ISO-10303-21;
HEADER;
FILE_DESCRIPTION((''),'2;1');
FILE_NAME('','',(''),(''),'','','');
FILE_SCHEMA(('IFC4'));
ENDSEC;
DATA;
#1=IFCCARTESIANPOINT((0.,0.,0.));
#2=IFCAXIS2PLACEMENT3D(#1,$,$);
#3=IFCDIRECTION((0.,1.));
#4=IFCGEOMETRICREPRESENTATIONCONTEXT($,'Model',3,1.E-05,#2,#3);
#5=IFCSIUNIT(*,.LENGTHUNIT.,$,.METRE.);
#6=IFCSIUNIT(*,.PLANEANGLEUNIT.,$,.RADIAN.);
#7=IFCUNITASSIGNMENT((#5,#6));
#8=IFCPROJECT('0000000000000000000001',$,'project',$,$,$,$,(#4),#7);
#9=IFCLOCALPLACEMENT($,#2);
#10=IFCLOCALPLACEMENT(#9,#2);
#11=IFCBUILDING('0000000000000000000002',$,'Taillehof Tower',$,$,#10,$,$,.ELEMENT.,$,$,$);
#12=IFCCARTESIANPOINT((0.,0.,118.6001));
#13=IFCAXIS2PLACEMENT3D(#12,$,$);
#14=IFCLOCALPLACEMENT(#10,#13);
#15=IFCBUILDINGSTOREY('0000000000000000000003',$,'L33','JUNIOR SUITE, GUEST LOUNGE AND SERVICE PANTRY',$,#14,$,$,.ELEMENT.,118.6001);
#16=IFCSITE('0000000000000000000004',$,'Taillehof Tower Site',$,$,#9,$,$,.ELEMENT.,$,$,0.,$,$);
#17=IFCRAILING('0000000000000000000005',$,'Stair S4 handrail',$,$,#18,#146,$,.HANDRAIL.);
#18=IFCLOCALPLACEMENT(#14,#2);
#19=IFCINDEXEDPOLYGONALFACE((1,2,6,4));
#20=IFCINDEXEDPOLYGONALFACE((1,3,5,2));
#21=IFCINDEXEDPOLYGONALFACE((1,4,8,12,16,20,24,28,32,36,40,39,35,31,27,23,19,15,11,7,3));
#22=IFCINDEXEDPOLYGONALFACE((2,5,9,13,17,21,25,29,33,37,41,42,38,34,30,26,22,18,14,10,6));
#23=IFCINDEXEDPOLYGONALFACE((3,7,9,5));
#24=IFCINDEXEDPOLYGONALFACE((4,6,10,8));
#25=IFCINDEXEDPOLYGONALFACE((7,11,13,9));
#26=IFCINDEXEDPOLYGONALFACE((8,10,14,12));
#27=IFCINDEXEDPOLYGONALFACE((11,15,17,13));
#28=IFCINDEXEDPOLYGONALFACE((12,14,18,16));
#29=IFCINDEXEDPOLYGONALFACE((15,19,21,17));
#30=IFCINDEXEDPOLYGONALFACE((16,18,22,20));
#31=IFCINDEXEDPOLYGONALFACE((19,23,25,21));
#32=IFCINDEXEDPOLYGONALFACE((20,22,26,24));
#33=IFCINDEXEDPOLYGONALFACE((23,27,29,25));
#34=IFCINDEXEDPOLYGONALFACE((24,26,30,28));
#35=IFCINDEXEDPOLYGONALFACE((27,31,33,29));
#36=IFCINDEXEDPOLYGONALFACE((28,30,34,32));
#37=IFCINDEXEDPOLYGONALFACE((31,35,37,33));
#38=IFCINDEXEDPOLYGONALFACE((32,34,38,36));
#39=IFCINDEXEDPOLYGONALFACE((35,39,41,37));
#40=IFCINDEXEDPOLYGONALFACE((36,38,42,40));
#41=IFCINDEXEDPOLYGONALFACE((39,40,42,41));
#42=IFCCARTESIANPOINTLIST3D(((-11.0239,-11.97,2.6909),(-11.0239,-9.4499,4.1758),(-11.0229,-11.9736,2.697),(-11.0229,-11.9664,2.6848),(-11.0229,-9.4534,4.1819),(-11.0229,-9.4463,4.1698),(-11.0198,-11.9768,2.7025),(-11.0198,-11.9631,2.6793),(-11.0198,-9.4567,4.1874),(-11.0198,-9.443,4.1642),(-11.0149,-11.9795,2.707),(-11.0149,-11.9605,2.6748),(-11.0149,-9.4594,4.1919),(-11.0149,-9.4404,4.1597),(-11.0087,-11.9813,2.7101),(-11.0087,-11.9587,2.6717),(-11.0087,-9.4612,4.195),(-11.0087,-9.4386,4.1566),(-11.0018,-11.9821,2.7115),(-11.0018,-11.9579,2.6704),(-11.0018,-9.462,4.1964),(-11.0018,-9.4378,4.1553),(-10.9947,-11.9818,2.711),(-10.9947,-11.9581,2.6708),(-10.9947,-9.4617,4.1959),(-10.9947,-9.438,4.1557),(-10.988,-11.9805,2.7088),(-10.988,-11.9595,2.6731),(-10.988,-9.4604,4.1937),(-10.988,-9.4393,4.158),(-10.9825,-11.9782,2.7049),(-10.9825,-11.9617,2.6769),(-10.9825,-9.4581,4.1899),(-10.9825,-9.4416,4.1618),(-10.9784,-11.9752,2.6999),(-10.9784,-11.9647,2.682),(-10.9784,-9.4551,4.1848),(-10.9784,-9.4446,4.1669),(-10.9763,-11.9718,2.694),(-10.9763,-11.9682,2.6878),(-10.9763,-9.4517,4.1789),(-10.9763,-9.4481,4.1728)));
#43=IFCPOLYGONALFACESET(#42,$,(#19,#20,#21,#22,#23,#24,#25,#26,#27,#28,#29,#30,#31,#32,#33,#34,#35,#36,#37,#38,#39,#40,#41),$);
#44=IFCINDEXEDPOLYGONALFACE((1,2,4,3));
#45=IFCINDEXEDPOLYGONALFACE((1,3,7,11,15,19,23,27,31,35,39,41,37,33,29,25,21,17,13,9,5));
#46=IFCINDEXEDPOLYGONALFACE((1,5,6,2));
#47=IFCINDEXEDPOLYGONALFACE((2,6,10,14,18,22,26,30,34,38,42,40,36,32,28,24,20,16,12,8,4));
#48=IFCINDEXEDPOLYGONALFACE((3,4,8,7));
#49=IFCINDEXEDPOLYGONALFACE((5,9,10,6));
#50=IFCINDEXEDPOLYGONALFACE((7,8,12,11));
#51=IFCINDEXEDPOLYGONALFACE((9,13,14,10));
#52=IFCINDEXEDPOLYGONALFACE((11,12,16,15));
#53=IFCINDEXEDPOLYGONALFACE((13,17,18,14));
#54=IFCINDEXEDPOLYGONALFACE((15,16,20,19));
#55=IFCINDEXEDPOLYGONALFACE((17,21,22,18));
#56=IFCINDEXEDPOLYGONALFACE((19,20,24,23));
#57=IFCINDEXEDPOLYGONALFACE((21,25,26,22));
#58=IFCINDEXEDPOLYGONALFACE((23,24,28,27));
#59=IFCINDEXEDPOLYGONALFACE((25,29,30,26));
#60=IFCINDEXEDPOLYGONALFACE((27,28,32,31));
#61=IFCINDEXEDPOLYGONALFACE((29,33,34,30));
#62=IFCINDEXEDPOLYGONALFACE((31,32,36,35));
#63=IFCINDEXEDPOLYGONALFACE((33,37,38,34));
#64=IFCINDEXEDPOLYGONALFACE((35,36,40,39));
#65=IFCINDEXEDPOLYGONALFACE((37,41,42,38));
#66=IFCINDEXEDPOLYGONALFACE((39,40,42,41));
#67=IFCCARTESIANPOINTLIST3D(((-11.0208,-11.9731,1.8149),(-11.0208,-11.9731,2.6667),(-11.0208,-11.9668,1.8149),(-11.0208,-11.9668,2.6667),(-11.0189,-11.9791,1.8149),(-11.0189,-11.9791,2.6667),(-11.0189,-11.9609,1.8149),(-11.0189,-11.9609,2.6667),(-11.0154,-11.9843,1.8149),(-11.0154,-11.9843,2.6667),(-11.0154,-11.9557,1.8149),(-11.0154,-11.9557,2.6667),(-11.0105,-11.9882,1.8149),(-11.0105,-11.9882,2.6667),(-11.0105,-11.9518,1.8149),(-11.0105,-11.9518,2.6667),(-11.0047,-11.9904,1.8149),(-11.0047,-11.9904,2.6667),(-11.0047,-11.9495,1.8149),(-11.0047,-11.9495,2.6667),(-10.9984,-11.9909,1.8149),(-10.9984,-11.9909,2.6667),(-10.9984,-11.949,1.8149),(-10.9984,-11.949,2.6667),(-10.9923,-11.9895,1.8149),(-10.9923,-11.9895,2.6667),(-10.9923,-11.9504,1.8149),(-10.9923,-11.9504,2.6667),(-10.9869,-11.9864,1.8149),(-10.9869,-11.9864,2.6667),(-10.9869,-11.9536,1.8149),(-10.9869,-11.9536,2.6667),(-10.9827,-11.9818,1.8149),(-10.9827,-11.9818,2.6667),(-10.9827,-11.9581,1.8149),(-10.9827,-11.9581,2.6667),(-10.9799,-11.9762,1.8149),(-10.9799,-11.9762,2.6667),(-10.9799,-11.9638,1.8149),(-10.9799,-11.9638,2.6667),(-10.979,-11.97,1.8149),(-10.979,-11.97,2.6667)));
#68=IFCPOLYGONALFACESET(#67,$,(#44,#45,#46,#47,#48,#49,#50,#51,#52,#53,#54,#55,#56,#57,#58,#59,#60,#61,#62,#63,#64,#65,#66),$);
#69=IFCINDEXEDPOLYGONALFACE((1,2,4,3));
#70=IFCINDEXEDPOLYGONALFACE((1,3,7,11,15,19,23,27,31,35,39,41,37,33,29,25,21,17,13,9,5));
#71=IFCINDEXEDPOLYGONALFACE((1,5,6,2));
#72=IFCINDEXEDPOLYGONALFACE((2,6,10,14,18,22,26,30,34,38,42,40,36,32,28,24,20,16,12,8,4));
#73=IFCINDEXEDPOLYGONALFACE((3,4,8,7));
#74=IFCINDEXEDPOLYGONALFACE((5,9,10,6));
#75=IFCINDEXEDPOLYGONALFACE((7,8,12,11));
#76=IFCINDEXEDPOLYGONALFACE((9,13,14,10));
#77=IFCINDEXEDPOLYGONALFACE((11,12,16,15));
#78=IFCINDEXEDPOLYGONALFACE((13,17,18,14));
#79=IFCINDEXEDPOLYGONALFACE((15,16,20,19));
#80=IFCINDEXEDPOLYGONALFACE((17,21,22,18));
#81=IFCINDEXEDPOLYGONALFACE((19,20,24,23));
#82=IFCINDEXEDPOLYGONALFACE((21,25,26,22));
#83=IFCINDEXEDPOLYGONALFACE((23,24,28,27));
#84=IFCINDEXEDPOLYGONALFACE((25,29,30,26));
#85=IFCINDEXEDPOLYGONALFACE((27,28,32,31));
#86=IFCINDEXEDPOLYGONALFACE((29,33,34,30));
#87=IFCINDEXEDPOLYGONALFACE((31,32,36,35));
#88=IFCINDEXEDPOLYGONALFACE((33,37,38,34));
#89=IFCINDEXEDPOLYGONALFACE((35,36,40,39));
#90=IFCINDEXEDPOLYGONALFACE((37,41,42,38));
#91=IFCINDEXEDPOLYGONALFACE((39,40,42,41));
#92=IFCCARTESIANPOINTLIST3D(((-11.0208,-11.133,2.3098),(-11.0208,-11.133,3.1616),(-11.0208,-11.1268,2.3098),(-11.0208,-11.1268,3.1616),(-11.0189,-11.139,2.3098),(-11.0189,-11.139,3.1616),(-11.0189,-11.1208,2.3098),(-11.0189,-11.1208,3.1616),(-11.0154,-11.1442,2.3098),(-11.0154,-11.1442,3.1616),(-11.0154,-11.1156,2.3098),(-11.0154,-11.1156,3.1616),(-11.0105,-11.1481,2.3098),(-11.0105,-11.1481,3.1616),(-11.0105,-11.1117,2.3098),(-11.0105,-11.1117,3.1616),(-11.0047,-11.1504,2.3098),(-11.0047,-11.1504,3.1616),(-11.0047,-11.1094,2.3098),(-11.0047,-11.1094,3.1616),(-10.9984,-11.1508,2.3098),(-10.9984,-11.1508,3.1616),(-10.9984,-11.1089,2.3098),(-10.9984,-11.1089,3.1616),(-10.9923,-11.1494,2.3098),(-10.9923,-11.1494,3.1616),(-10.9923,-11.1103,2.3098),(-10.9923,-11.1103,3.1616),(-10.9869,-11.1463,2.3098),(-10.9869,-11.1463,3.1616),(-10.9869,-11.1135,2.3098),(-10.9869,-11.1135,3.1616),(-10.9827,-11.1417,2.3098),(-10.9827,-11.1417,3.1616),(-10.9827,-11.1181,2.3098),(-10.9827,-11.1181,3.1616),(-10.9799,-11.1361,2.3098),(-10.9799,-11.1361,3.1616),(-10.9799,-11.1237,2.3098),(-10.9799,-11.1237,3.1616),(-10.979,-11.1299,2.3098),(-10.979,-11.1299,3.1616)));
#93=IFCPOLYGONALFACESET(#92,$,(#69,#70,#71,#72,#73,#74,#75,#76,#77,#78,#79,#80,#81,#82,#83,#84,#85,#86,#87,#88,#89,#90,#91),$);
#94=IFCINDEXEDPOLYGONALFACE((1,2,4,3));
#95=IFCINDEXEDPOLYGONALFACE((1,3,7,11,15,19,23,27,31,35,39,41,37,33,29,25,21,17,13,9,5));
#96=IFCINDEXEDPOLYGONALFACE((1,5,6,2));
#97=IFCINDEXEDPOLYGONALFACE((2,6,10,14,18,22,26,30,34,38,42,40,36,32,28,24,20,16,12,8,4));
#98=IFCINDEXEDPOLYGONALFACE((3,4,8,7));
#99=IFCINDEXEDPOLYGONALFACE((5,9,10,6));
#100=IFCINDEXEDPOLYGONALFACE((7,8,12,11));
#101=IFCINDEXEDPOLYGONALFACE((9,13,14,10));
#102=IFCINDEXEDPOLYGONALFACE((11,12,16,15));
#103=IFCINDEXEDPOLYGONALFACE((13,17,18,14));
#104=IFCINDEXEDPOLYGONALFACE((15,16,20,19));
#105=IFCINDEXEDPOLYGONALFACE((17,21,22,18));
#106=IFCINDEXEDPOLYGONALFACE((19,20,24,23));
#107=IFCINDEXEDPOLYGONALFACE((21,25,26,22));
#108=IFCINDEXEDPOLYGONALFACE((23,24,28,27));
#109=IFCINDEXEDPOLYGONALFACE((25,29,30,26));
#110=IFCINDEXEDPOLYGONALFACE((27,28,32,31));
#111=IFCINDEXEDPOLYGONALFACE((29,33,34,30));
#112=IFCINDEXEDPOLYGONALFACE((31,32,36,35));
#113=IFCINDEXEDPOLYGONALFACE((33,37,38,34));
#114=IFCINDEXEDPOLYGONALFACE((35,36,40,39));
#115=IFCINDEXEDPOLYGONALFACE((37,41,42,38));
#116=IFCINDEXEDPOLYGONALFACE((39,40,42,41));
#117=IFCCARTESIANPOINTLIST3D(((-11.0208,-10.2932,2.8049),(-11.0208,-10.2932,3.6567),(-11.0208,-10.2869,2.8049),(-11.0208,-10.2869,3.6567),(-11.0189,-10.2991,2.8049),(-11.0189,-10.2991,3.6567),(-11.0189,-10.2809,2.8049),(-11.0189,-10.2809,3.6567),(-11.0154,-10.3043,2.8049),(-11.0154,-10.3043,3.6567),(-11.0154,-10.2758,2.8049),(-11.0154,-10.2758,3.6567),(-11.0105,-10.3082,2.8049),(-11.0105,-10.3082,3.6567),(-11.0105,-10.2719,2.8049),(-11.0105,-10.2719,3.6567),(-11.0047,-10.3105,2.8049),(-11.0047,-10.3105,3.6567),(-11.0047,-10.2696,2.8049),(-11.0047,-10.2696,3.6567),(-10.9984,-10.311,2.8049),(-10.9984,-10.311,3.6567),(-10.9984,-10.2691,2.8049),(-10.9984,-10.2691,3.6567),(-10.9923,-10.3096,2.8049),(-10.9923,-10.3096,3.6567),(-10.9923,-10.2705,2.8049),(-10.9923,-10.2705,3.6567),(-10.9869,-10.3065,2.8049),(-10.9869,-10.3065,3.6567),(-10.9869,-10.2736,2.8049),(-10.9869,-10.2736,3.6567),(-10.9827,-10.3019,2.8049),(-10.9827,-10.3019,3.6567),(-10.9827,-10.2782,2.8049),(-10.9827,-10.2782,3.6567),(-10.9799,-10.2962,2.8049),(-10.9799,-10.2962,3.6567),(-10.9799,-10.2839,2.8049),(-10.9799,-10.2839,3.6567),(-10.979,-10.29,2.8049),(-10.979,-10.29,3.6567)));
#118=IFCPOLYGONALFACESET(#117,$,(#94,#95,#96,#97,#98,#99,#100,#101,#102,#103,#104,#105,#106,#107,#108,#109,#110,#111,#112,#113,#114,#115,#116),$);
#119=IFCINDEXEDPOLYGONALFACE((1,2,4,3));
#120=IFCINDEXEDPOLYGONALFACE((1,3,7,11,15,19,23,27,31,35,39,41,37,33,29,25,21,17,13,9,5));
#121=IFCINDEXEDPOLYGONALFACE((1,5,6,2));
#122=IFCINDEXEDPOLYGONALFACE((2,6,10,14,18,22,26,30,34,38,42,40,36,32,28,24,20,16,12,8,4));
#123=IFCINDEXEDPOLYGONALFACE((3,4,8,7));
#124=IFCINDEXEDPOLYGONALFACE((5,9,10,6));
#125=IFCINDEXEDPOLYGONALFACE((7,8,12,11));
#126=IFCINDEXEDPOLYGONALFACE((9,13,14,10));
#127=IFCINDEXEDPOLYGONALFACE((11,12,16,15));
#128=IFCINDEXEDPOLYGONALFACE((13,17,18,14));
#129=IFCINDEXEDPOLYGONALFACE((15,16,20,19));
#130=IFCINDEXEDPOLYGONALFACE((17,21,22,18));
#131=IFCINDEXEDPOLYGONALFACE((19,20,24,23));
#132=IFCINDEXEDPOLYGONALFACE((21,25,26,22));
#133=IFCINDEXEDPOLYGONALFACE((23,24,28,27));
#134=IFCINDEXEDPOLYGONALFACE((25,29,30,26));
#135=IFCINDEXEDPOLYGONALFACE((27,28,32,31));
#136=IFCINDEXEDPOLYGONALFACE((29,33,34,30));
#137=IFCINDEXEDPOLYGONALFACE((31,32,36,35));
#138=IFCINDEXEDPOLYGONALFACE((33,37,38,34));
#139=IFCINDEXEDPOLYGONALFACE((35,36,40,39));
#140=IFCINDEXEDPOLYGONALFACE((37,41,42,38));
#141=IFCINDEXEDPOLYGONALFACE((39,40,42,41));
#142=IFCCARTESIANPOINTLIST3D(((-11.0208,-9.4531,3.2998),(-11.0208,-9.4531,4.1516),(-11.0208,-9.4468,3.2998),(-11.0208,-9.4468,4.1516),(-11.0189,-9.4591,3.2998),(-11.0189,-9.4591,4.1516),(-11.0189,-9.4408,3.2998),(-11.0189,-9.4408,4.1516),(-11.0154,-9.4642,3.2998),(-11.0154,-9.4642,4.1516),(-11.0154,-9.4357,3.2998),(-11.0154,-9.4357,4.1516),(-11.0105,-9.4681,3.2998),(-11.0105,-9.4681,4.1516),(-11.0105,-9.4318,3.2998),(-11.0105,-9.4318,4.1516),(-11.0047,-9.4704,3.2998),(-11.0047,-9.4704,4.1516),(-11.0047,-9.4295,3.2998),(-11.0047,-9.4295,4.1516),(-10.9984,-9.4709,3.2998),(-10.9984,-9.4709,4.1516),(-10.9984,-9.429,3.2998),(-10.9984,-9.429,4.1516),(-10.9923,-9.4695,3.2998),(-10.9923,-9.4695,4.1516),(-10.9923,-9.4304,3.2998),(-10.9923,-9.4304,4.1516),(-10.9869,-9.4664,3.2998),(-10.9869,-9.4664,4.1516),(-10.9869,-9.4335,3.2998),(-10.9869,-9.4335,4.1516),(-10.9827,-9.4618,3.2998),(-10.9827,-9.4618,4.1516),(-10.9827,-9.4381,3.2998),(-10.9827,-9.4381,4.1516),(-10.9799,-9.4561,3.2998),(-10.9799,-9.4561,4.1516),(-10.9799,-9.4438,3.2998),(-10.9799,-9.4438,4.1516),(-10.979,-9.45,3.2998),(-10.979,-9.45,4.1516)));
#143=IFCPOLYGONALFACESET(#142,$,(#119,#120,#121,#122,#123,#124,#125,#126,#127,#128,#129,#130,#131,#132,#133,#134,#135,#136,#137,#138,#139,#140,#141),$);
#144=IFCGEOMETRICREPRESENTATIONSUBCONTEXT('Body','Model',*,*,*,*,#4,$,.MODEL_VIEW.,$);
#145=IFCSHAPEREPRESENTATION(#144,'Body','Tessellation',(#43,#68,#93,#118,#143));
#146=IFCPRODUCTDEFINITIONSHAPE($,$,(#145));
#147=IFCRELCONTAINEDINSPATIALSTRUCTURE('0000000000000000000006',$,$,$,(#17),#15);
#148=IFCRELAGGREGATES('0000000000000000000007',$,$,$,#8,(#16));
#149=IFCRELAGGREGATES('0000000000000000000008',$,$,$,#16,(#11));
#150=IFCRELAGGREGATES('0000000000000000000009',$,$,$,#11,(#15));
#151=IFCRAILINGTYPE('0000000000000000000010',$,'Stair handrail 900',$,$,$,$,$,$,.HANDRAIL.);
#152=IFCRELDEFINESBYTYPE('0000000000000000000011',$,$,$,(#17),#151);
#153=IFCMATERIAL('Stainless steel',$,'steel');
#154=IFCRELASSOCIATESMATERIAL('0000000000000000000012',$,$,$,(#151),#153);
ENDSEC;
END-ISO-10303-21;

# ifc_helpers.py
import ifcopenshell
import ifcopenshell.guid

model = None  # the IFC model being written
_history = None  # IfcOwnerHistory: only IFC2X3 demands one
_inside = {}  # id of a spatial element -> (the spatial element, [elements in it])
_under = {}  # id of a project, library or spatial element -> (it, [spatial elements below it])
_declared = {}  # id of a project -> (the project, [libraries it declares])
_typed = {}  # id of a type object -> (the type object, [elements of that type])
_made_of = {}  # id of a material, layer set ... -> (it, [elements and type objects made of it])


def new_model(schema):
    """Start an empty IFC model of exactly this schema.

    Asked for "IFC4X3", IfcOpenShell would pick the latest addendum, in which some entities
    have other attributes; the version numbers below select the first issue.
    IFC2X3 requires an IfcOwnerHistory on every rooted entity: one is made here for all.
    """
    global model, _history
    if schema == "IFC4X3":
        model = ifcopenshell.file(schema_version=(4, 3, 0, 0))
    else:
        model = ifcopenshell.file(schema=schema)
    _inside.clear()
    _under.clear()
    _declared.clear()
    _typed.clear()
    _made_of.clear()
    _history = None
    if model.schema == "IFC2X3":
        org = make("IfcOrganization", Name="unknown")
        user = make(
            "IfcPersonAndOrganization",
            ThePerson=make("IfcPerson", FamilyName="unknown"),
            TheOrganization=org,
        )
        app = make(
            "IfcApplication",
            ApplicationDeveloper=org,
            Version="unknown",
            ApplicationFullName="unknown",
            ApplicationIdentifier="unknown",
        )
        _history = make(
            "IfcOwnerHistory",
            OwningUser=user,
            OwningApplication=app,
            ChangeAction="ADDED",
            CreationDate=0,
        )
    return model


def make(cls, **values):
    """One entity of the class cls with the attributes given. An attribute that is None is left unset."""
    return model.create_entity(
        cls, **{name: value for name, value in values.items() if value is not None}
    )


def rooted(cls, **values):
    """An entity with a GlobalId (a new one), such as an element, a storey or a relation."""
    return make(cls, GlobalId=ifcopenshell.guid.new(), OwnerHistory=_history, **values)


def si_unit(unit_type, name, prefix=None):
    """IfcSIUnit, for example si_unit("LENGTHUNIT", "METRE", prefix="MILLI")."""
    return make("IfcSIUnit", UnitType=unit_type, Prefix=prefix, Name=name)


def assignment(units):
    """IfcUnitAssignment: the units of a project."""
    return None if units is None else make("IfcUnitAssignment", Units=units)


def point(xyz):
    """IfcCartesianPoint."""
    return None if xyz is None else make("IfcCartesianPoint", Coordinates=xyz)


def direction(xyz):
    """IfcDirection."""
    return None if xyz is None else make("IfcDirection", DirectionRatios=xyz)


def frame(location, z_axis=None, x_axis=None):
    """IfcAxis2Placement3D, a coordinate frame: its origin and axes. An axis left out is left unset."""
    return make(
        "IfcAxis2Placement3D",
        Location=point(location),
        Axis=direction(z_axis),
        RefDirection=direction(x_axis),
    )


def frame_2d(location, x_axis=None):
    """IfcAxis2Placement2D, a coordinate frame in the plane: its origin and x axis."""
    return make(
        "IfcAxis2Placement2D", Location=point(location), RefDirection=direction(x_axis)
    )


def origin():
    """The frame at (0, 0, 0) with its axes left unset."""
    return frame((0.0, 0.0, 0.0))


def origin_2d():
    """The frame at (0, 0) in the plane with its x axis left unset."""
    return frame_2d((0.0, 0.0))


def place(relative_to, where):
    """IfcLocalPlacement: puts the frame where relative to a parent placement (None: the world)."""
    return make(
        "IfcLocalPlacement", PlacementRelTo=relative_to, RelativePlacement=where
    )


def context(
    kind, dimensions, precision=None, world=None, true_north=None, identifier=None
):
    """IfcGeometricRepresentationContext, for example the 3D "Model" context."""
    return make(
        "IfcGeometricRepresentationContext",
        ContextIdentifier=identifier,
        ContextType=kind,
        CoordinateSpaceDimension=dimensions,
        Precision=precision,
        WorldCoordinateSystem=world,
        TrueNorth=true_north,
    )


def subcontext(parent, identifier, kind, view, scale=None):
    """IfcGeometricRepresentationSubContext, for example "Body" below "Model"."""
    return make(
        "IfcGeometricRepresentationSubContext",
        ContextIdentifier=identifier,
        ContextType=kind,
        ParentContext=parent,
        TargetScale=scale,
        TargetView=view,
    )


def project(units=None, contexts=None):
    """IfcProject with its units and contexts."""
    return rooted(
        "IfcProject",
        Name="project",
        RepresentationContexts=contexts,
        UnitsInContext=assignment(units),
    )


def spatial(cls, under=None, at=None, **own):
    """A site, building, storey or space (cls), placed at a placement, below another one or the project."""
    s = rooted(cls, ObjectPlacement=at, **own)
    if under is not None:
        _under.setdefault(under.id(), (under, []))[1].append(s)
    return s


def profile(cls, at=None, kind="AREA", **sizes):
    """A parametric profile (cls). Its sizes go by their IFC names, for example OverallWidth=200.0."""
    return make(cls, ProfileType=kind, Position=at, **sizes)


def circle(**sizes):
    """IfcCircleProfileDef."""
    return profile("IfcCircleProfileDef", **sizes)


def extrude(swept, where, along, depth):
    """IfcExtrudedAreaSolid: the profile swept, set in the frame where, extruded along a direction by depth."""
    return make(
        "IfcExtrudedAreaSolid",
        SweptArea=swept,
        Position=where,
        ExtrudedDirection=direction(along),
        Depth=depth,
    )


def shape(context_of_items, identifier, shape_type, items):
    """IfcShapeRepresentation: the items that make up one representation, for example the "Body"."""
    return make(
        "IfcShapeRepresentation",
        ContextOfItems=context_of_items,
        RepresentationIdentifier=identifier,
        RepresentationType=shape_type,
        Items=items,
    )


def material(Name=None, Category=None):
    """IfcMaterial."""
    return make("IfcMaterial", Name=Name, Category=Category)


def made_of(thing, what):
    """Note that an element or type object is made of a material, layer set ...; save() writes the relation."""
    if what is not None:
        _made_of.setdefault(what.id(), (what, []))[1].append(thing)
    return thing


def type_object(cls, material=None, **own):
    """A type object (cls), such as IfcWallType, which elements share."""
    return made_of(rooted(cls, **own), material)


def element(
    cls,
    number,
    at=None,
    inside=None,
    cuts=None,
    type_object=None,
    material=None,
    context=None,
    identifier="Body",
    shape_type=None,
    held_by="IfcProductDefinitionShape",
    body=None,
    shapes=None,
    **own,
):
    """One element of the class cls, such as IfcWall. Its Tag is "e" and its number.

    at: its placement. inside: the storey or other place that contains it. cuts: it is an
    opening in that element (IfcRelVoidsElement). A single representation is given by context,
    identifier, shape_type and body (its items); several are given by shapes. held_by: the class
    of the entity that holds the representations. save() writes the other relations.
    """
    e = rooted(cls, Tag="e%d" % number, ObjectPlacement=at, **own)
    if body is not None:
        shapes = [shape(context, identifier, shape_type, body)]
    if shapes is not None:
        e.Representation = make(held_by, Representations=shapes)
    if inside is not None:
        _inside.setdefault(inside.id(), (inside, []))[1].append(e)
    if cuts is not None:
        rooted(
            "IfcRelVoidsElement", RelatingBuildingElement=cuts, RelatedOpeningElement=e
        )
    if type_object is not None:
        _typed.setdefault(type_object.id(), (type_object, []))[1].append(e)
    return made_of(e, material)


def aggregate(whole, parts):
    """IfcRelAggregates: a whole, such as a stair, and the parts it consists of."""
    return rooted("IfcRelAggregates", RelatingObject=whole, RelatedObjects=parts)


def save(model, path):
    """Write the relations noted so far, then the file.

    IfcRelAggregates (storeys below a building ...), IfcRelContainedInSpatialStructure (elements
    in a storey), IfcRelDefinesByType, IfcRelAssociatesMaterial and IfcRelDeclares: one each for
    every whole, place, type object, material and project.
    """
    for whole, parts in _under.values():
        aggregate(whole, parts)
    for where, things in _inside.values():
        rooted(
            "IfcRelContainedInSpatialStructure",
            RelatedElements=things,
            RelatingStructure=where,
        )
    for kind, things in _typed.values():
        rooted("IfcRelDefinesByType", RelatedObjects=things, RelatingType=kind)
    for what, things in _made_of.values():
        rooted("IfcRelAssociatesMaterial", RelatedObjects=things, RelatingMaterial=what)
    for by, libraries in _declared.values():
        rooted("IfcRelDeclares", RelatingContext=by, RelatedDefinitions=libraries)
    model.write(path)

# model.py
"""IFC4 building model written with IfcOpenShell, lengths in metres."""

from ifc_helpers import new_model, si_unit, direction, frame, origin, origin_2d, place, context, subcontext, project, spatial, circle, extrude, material, type_object, element, save


model = new_model("IFC4")

# Units and contexts
model_context = context("Model", 3, precision=1e-05, world=origin(), true_north=direction((0.0, 1.0)))
body_context = subcontext(model_context, "Body", "Model", "MODEL_VIEW")
ifc_project = project(units=[si_unit("LENGTHUNIT", "METRE"), si_unit("PLANEANGLEUNIT", "RADIAN")], contexts=[model_context])

# Site, building, storey
site_placement = place(None, origin())
site = spatial("IfcSite", under=ifc_project, at=site_placement, Name="Taillehof Tower Site", CompositionType="ELEMENT", RefElevation=0.0)
building_placement = place(site_placement, origin())
building = spatial("IfcBuilding", under=site, at=building_placement, Name="Taillehof Tower", CompositionType="ELEMENT")
storey_placement = place(building_placement, frame((0.0, 0.0, 118.6001)))
storey = spatial("IfcBuildingStorey", under=building, at=storey_placement, Name="L33", Description="JUNIOR SUITE, GUEST LOUNGE AND SERVICE PANTRY", CompositionType="ELEMENT", Elevation=118.6001)

# Railing
ifc_material_1 = material(Name="Stainless steel", Category="steel")
railing_type = type_object("IfcRailingType", Name="Stair handrail 900", PredefinedType="HANDRAIL", material=ifc_material_1)
railing_placement = place(storey_placement, frame((-11.0, -11.97, 1.8149)))
element("IfcRailing", 1, at=railing_placement, inside=storey, type_object=railing_type, Name="Stair S4 handrail", PredefinedType="HANDRAIL", context=body_context, shape_type="SweptSolid", body=[
    extrude(circle(Radius=0.0239, at=origin_2d()), frame((0.0, 0.0, 0.876), z_axis=(0.0, 0.861561, 0.507655), x_axis=(-1.0, 0.0, 0.0)), (0.0, 0.0, 1.0), 2.925),
    extrude(circle(Radius=0.021, at=origin_2d()), origin(), (0.0, 0.0, 1.0), 0.8518),
    extrude(circle(Radius=0.021, at=origin_2d()), frame((0.0, 0.8401, 0.4949)), (0.0, 0.0, 1.0), 0.8518),
    extrude(circle(Radius=0.021, at=origin_2d()), frame((0.0, 1.6799, 0.99)), (0.0, 0.0, 1.0), 0.8518),
    extrude(circle(Radius=0.021, at=origin_2d()), frame((0.0, 2.52, 1.4849)), (0.0, 0.0, 1.0), 0.8518),
])

save(model, "model.ifc")
